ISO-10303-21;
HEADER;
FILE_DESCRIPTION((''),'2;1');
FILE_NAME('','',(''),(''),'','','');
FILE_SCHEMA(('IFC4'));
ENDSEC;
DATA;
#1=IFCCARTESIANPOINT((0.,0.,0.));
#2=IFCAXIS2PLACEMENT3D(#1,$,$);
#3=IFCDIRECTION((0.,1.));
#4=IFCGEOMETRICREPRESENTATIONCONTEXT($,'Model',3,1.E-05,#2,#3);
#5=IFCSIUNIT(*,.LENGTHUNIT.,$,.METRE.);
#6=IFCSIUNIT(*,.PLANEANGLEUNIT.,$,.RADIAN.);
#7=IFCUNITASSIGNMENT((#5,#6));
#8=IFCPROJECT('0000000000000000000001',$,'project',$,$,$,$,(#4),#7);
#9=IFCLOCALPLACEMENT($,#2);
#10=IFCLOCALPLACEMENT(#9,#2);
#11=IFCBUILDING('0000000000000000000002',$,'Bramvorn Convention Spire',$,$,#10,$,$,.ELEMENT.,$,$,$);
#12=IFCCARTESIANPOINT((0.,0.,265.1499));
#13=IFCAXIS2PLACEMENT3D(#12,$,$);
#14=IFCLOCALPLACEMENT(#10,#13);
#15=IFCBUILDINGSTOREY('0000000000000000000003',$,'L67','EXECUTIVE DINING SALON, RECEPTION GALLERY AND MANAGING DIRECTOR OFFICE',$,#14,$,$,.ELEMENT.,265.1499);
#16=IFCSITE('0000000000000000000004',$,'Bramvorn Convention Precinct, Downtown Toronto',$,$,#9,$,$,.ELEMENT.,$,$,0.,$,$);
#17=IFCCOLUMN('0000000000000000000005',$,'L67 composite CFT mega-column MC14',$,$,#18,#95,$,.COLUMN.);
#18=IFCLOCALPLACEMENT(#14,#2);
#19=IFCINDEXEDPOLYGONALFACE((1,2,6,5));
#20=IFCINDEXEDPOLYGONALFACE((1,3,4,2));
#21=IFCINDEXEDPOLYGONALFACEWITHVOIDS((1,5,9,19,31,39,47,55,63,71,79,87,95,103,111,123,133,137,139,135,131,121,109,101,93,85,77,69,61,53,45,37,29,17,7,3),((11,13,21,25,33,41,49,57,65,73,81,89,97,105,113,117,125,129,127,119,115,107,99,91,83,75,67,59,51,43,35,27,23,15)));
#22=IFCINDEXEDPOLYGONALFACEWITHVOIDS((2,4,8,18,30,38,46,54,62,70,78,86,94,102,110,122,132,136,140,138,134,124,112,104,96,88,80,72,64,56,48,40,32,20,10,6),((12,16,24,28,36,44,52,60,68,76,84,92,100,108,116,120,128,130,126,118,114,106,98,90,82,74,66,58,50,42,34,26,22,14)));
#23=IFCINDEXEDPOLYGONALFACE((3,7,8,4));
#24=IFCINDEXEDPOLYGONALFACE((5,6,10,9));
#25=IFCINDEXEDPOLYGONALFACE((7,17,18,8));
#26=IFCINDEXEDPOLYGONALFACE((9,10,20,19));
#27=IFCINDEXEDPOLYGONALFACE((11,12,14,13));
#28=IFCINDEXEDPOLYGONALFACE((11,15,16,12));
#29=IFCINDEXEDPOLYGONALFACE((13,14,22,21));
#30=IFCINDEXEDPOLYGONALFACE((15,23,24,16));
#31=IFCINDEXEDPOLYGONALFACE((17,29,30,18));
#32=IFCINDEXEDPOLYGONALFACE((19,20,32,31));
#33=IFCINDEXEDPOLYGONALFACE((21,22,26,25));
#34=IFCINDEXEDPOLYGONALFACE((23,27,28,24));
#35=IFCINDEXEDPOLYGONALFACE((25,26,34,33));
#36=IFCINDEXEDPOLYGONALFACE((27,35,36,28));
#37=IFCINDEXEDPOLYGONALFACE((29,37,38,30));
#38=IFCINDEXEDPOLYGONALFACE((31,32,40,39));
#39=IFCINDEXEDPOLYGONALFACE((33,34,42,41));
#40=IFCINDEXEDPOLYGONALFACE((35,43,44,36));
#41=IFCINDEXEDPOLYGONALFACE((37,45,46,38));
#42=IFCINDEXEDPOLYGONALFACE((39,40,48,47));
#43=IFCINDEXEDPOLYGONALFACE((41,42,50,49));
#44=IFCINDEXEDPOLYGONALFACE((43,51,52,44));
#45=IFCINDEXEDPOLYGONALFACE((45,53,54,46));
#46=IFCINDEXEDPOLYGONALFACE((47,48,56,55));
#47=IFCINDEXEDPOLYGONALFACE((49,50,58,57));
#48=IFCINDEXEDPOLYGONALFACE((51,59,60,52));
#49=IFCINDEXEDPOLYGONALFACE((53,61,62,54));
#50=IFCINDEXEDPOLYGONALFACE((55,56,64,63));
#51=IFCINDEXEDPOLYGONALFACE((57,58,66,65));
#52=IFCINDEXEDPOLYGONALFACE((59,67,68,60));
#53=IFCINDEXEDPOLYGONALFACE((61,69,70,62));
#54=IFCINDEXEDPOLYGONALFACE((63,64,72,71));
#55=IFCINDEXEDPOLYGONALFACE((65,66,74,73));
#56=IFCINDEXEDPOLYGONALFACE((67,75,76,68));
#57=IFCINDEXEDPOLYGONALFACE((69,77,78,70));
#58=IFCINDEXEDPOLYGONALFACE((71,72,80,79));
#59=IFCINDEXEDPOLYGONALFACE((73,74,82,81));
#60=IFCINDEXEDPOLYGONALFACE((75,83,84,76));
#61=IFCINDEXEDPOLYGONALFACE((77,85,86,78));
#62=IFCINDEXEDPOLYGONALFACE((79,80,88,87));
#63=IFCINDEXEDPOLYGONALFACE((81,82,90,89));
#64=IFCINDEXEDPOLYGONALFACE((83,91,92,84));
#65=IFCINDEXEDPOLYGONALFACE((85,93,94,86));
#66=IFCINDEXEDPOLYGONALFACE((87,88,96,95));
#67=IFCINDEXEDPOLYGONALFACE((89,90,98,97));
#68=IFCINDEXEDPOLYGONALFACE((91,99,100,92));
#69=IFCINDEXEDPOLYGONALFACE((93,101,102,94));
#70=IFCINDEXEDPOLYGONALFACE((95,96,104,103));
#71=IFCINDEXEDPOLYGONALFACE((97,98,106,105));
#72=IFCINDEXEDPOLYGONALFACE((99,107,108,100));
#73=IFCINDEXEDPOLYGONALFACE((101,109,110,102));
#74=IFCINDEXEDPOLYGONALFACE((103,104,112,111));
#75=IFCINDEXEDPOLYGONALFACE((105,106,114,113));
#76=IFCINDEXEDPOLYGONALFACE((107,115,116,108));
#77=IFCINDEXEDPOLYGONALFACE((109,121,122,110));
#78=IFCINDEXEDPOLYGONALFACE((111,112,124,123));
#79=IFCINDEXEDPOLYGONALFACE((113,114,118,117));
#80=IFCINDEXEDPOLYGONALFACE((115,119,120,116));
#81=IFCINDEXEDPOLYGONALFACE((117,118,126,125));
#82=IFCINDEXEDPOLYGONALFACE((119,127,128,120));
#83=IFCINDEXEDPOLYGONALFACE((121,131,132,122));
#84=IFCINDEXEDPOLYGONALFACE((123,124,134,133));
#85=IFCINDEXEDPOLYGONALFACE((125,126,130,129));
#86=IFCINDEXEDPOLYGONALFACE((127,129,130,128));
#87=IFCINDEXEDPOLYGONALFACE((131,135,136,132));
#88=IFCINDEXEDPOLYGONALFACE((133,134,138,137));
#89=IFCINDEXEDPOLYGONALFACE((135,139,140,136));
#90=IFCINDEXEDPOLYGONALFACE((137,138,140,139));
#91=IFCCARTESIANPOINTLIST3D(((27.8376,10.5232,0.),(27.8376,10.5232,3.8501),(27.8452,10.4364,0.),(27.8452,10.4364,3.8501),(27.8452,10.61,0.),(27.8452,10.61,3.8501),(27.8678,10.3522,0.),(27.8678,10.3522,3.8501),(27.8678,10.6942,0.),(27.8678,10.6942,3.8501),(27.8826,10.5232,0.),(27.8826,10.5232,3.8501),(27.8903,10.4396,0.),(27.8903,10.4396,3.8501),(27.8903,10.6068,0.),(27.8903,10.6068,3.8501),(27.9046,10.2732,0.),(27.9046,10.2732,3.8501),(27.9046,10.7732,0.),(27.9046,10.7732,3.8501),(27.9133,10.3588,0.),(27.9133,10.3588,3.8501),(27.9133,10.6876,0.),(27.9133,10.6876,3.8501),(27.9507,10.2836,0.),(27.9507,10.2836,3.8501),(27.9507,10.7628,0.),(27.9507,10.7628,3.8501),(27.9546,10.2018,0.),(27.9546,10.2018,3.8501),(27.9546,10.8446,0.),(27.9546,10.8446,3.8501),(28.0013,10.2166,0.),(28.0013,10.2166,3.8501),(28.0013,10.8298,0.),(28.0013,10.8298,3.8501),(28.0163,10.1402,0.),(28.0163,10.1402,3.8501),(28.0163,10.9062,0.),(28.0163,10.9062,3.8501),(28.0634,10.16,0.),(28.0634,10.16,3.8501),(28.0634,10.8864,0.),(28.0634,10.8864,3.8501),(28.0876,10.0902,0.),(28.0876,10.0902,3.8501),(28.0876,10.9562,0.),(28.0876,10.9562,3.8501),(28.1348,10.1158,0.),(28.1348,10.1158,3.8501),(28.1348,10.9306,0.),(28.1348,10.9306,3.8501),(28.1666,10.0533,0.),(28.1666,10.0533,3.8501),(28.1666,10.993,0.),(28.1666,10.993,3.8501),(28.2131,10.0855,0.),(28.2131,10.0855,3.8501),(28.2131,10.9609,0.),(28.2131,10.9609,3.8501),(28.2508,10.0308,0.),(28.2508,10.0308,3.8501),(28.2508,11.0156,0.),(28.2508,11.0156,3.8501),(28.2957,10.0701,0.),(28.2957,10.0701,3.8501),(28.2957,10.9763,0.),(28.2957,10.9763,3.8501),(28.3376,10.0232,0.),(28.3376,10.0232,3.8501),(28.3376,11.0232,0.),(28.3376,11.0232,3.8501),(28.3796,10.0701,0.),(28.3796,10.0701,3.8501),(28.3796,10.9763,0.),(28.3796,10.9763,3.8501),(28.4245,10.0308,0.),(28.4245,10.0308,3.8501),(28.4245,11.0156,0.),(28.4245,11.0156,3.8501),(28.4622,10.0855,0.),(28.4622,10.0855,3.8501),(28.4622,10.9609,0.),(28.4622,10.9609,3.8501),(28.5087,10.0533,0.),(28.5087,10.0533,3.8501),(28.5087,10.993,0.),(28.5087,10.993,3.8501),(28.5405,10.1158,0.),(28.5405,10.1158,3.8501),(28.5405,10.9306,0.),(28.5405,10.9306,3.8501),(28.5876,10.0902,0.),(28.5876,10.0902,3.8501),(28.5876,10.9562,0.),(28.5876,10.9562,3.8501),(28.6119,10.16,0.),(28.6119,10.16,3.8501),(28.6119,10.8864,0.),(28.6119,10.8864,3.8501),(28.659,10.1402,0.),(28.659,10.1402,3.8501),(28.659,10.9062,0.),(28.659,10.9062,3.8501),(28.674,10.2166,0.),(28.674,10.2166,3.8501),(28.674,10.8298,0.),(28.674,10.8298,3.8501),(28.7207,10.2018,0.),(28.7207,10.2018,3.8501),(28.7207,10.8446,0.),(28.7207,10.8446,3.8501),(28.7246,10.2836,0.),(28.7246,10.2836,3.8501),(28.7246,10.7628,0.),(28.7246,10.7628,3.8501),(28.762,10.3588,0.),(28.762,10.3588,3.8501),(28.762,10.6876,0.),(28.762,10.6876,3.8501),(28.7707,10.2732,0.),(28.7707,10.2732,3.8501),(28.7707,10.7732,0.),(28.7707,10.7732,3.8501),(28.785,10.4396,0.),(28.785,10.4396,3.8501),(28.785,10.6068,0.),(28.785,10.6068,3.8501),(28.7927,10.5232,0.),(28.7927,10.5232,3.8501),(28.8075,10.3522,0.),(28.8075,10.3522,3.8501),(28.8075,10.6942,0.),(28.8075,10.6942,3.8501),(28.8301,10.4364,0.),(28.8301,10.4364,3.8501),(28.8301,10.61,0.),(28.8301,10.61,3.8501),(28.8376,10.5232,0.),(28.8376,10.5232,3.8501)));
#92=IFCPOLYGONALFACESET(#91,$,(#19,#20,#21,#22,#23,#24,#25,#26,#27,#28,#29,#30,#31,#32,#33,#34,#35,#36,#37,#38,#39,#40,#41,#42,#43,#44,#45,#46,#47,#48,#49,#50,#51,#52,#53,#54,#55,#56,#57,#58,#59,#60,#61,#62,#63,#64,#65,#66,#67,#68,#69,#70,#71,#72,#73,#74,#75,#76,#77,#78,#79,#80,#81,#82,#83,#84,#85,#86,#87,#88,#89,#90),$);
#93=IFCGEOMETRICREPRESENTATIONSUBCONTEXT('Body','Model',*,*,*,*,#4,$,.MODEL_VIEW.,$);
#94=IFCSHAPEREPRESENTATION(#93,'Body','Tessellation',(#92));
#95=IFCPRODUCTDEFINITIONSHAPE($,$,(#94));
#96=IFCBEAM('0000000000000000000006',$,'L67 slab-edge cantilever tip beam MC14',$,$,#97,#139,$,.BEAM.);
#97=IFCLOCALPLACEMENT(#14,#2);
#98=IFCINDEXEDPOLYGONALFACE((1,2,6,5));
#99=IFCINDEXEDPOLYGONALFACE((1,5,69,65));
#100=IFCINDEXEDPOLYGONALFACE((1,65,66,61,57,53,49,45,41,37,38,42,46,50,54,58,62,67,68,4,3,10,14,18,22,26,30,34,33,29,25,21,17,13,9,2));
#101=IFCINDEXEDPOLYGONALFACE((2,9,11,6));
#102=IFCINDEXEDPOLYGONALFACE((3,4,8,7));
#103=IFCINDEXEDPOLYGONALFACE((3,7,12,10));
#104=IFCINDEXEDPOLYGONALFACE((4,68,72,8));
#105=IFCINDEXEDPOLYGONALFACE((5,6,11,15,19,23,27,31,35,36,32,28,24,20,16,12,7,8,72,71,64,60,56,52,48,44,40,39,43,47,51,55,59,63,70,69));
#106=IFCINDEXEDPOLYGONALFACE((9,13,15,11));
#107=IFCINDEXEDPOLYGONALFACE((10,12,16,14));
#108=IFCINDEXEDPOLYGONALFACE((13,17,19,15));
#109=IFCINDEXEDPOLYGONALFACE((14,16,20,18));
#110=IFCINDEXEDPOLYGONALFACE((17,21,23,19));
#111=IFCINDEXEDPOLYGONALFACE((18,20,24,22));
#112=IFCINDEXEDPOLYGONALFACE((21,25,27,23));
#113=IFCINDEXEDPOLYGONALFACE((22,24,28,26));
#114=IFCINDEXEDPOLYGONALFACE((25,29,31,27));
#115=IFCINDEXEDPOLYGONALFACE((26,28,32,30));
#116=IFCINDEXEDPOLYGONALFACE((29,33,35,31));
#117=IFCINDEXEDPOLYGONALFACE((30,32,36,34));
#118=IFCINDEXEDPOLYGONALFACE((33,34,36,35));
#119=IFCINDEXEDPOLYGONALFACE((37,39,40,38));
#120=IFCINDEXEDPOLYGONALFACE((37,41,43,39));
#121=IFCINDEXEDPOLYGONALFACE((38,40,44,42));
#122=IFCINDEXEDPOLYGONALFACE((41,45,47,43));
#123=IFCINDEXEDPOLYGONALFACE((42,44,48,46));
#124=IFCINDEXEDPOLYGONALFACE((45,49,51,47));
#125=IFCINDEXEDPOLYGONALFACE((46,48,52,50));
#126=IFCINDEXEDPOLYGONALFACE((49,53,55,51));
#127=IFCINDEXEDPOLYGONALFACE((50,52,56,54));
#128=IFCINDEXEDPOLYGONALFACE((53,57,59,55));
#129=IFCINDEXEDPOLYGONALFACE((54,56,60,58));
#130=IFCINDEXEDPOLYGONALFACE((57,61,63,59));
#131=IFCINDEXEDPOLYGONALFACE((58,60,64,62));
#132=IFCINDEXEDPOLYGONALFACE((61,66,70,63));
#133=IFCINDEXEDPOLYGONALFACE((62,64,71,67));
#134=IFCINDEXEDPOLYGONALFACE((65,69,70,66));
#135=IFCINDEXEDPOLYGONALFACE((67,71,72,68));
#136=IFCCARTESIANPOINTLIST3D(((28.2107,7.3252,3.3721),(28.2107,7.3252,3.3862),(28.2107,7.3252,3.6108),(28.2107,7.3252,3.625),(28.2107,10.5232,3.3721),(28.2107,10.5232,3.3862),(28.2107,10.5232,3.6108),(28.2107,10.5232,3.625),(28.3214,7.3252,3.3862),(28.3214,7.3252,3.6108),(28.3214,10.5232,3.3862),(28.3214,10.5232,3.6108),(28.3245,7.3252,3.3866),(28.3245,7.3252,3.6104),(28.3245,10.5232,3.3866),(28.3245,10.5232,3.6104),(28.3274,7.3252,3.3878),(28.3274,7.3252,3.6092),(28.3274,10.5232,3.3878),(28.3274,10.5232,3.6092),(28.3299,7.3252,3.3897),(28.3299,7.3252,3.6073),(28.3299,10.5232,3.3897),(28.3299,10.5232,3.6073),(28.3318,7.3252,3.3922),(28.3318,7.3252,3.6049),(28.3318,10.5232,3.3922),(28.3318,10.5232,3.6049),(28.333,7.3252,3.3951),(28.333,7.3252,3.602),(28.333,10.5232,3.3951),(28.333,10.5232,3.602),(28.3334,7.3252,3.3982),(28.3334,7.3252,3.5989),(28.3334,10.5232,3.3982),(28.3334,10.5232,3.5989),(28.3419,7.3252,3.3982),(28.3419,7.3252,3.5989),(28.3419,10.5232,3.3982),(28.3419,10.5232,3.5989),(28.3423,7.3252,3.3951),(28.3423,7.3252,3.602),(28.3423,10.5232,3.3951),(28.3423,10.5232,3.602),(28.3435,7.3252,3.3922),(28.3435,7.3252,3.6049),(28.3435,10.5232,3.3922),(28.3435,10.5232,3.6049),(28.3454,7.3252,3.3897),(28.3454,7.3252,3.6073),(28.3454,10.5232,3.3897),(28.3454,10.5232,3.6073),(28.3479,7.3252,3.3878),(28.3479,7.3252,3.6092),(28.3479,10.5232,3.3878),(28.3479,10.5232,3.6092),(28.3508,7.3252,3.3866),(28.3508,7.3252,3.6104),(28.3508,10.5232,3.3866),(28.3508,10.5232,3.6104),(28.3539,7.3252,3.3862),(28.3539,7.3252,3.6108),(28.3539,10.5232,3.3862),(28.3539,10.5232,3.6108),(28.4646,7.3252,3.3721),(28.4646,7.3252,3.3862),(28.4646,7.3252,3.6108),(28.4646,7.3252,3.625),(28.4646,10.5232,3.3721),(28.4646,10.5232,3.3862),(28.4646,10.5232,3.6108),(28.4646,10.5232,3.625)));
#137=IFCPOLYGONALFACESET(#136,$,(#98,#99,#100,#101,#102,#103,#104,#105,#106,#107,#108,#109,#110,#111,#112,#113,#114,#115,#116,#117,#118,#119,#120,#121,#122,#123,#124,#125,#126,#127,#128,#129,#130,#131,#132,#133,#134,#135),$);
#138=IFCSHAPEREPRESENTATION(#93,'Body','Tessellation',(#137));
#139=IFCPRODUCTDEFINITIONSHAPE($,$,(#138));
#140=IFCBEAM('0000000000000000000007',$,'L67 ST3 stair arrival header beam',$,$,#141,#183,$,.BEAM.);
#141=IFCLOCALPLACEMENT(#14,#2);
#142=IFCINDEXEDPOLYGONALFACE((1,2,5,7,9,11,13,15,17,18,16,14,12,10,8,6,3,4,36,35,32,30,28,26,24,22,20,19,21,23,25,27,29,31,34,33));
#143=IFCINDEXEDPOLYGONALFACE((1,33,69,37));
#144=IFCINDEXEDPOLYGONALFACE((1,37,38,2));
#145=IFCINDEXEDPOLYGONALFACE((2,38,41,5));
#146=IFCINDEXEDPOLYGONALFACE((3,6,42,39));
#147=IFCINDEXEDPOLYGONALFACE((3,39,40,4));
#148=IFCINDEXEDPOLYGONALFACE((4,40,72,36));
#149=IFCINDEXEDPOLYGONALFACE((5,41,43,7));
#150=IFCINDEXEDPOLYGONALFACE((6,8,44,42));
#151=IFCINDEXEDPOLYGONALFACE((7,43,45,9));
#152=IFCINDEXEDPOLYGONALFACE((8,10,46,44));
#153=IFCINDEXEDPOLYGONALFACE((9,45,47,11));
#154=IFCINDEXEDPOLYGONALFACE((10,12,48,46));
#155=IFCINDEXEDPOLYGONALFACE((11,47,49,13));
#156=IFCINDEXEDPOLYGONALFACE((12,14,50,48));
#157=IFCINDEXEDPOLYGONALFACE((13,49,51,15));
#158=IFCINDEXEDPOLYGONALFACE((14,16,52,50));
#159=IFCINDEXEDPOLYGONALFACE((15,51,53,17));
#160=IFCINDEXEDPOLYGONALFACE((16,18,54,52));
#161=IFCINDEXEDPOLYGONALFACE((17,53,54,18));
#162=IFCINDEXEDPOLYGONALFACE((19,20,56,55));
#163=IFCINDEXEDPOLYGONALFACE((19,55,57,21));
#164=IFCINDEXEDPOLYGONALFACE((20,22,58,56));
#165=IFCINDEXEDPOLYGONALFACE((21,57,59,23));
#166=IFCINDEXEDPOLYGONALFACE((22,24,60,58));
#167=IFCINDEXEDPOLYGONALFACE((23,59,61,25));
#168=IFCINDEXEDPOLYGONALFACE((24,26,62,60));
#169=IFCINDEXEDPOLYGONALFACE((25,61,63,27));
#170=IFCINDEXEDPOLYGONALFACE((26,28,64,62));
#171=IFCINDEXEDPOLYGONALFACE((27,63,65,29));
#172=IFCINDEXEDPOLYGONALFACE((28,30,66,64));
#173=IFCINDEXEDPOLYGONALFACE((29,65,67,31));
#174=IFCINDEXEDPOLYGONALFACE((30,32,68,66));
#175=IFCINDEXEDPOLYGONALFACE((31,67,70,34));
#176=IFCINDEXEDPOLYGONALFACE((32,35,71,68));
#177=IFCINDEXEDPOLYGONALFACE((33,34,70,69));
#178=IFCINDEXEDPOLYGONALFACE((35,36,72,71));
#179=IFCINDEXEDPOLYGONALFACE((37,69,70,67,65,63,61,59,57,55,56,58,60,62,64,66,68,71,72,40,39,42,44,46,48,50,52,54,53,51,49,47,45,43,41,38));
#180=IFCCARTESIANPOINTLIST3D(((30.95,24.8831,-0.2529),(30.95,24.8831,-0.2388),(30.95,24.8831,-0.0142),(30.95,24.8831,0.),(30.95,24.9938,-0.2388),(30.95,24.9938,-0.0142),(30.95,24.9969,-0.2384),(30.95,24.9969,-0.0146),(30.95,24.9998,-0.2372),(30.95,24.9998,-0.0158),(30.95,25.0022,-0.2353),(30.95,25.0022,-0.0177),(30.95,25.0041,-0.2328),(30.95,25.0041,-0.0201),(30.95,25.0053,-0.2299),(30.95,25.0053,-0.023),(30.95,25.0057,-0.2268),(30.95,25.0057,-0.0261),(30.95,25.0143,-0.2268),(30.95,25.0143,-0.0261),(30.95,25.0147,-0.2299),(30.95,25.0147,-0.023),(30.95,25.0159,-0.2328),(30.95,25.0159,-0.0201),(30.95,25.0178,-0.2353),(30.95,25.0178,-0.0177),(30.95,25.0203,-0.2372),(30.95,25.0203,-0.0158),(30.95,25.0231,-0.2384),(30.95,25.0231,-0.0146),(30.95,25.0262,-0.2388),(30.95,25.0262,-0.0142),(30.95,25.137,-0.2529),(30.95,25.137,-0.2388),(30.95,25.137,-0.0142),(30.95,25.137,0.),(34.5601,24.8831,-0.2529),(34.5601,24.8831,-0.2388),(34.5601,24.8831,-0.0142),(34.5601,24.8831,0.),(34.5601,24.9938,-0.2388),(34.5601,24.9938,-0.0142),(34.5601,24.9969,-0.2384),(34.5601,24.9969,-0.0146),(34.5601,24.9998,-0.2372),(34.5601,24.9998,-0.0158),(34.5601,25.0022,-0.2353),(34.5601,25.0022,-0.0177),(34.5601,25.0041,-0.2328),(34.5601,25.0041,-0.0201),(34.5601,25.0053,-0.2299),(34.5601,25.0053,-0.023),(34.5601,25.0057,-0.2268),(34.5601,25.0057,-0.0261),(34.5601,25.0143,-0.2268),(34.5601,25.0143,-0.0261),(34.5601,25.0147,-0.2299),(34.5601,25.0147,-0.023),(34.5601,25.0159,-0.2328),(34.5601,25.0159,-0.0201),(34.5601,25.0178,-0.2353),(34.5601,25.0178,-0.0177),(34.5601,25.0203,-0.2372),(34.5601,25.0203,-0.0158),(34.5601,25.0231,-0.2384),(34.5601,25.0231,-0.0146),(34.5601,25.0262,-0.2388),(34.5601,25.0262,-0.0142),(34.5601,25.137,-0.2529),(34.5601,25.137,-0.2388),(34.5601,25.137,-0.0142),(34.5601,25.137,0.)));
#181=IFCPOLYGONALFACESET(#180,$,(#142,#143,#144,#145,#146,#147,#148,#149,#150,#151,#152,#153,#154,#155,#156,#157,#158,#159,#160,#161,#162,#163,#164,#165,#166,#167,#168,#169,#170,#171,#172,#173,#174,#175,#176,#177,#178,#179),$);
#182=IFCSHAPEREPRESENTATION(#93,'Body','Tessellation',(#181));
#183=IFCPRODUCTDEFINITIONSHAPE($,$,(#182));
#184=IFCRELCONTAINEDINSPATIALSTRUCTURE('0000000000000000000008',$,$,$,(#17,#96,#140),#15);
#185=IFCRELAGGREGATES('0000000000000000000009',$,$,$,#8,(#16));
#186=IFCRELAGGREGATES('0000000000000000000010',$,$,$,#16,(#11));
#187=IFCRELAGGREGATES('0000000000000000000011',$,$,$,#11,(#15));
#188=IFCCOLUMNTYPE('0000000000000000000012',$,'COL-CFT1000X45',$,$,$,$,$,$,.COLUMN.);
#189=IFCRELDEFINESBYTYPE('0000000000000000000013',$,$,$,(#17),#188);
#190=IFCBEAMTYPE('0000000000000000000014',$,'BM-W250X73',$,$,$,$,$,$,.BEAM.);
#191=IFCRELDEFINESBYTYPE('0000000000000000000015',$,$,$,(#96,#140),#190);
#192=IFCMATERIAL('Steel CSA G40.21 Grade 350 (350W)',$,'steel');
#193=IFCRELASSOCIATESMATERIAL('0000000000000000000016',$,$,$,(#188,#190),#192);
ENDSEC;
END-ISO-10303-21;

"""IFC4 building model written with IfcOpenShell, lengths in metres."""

from ifc_helpers import new_model, si_unit, direction, frame, origin, origin_2d, place, context, subcontext, project, spatial, hollow_circle, i_section, extrude, material, material_profile, profile_set, type_object, element, save


model = new_model("IFC4")

# Units and contexts
model_context = context("Model", 3, precision=1e-05, world=origin(), true_north=direction((0.0, 1.0)))
body_context = subcontext(model_context, "Body", "Model", "MODEL_VIEW")
ifc_project = project(units=[si_unit("LENGTHUNIT", "METRE"), si_unit("PLANEANGLEUNIT", "RADIAN")], contexts=[model_context])

# Site, building, storey
site_placement = place(None, origin())
site = spatial("IfcSite", under=ifc_project, at=site_placement, Name="Bramvorn Convention Precinct, Downtown Toronto", CompositionType="ELEMENT", RefElevation=0.0)
building_placement = place(site_placement, origin())
building = spatial("IfcBuilding", under=site, at=building_placement, Name="Bramvorn Convention Spire", CompositionType="ELEMENT")
storey_placement = place(building_placement, frame((0.0, 0.0, 265.1499)))
storey = spatial("IfcBuildingStorey", under=building, at=storey_placement, Name="L67", Description="EXECUTIVE DINING SALON, RECEPTION GALLERY AND MANAGING DIRECTOR OFFICE", CompositionType="ELEMENT", Elevation=265.1499)

# Column
ifc_material_1 = material(Name="Steel CSA G40.21 Grade 350 (350W)", Category="steel")
ifc_material_profile_1 = material_profile(ifc_material_1, hollow_circle(Radius=0.5, WallThickness=0.0449, at=origin_2d()))
ifc_profile_set_1 = profile_set([ifc_material_profile_1], Name="Steel CSA G40.21 Grade 350 (350W) - CFT1000X45")
column_type = type_object("IfcColumnType", Name="COL-CFT1000X45", PredefinedType="COLUMN", material=ifc_profile_set_1)
column_placement = place(storey_placement, frame((28.3376, 10.5232, 0.0), z_axis=(0.0, 0.0, 1.0), x_axis=(1.0, 0.0, 0.0)))
element("IfcColumn", 1, at=column_placement, inside=storey, type_object=column_type, Name="L67 composite CFT mega-column MC14", PredefinedType="COLUMN", context=body_context, shape_type="SweptSolid", body=[
    extrude(hollow_circle(Radius=0.5, WallThickness=0.0449, at=origin_2d()), origin(), (0.0, 0.0, 1.0), 3.8501),
])

# Beams
ifc_material_profile_2 = material_profile(ifc_material_1, i_section(OverallWidth=0.2539, OverallDepth=0.2529, WebThickness=0.0085, FlangeThickness=0.0142, FilletRadius=0.012, at=origin_2d()))
ifc_profile_set_2 = profile_set([ifc_material_profile_2], Name="Steel CSA G40.21 Grade 350 (350W) - W250X73")
beam_type_1 = type_object("IfcBeamType", Name="BM-W250X73", PredefinedType="BEAM", material=ifc_profile_set_2)
beam_1_placement = place(storey_placement, frame((28.3376, 10.5232, 3.4985), z_axis=(0.0, -1.0, 0.0), x_axis=(1.0, 0.0, 0.0)))
element("IfcBeam", 2, at=beam_1_placement, inside=storey, type_object=beam_type_1, Name="L67 slab-edge cantilever tip beam MC14", PredefinedType="BEAM", context=body_context, shape_type="SweptSolid", body=[
    extrude(i_section(OverallWidth=0.2539, OverallDepth=0.2529, WebThickness=0.0085, FlangeThickness=0.0142, FilletRadius=0.012, at=origin_2d()), origin(), (0.0, 0.0, 1.0), 3.198),
])
beam_2_placement = place(storey_placement, frame((30.95, 25.01, -0.1265), z_axis=(1.0, 0.0, 0.0), x_axis=(0.0, 1.0, 0.0)))
element("IfcBeam", 3, at=beam_2_placement, inside=storey, type_object=beam_type_1, Name="L67 ST3 stair arrival header beam", PredefinedType="BEAM", context=body_context, shape_type="SweptSolid", body=[
    extrude(i_section(OverallWidth=0.2539, OverallDepth=0.2529, WebThickness=0.0085, FlangeThickness=0.0142, FilletRadius=0.012, at=origin_2d()), origin(), (0.0, 0.0, 1.0), 3.6101),
])

save(model, "model.ifc")
